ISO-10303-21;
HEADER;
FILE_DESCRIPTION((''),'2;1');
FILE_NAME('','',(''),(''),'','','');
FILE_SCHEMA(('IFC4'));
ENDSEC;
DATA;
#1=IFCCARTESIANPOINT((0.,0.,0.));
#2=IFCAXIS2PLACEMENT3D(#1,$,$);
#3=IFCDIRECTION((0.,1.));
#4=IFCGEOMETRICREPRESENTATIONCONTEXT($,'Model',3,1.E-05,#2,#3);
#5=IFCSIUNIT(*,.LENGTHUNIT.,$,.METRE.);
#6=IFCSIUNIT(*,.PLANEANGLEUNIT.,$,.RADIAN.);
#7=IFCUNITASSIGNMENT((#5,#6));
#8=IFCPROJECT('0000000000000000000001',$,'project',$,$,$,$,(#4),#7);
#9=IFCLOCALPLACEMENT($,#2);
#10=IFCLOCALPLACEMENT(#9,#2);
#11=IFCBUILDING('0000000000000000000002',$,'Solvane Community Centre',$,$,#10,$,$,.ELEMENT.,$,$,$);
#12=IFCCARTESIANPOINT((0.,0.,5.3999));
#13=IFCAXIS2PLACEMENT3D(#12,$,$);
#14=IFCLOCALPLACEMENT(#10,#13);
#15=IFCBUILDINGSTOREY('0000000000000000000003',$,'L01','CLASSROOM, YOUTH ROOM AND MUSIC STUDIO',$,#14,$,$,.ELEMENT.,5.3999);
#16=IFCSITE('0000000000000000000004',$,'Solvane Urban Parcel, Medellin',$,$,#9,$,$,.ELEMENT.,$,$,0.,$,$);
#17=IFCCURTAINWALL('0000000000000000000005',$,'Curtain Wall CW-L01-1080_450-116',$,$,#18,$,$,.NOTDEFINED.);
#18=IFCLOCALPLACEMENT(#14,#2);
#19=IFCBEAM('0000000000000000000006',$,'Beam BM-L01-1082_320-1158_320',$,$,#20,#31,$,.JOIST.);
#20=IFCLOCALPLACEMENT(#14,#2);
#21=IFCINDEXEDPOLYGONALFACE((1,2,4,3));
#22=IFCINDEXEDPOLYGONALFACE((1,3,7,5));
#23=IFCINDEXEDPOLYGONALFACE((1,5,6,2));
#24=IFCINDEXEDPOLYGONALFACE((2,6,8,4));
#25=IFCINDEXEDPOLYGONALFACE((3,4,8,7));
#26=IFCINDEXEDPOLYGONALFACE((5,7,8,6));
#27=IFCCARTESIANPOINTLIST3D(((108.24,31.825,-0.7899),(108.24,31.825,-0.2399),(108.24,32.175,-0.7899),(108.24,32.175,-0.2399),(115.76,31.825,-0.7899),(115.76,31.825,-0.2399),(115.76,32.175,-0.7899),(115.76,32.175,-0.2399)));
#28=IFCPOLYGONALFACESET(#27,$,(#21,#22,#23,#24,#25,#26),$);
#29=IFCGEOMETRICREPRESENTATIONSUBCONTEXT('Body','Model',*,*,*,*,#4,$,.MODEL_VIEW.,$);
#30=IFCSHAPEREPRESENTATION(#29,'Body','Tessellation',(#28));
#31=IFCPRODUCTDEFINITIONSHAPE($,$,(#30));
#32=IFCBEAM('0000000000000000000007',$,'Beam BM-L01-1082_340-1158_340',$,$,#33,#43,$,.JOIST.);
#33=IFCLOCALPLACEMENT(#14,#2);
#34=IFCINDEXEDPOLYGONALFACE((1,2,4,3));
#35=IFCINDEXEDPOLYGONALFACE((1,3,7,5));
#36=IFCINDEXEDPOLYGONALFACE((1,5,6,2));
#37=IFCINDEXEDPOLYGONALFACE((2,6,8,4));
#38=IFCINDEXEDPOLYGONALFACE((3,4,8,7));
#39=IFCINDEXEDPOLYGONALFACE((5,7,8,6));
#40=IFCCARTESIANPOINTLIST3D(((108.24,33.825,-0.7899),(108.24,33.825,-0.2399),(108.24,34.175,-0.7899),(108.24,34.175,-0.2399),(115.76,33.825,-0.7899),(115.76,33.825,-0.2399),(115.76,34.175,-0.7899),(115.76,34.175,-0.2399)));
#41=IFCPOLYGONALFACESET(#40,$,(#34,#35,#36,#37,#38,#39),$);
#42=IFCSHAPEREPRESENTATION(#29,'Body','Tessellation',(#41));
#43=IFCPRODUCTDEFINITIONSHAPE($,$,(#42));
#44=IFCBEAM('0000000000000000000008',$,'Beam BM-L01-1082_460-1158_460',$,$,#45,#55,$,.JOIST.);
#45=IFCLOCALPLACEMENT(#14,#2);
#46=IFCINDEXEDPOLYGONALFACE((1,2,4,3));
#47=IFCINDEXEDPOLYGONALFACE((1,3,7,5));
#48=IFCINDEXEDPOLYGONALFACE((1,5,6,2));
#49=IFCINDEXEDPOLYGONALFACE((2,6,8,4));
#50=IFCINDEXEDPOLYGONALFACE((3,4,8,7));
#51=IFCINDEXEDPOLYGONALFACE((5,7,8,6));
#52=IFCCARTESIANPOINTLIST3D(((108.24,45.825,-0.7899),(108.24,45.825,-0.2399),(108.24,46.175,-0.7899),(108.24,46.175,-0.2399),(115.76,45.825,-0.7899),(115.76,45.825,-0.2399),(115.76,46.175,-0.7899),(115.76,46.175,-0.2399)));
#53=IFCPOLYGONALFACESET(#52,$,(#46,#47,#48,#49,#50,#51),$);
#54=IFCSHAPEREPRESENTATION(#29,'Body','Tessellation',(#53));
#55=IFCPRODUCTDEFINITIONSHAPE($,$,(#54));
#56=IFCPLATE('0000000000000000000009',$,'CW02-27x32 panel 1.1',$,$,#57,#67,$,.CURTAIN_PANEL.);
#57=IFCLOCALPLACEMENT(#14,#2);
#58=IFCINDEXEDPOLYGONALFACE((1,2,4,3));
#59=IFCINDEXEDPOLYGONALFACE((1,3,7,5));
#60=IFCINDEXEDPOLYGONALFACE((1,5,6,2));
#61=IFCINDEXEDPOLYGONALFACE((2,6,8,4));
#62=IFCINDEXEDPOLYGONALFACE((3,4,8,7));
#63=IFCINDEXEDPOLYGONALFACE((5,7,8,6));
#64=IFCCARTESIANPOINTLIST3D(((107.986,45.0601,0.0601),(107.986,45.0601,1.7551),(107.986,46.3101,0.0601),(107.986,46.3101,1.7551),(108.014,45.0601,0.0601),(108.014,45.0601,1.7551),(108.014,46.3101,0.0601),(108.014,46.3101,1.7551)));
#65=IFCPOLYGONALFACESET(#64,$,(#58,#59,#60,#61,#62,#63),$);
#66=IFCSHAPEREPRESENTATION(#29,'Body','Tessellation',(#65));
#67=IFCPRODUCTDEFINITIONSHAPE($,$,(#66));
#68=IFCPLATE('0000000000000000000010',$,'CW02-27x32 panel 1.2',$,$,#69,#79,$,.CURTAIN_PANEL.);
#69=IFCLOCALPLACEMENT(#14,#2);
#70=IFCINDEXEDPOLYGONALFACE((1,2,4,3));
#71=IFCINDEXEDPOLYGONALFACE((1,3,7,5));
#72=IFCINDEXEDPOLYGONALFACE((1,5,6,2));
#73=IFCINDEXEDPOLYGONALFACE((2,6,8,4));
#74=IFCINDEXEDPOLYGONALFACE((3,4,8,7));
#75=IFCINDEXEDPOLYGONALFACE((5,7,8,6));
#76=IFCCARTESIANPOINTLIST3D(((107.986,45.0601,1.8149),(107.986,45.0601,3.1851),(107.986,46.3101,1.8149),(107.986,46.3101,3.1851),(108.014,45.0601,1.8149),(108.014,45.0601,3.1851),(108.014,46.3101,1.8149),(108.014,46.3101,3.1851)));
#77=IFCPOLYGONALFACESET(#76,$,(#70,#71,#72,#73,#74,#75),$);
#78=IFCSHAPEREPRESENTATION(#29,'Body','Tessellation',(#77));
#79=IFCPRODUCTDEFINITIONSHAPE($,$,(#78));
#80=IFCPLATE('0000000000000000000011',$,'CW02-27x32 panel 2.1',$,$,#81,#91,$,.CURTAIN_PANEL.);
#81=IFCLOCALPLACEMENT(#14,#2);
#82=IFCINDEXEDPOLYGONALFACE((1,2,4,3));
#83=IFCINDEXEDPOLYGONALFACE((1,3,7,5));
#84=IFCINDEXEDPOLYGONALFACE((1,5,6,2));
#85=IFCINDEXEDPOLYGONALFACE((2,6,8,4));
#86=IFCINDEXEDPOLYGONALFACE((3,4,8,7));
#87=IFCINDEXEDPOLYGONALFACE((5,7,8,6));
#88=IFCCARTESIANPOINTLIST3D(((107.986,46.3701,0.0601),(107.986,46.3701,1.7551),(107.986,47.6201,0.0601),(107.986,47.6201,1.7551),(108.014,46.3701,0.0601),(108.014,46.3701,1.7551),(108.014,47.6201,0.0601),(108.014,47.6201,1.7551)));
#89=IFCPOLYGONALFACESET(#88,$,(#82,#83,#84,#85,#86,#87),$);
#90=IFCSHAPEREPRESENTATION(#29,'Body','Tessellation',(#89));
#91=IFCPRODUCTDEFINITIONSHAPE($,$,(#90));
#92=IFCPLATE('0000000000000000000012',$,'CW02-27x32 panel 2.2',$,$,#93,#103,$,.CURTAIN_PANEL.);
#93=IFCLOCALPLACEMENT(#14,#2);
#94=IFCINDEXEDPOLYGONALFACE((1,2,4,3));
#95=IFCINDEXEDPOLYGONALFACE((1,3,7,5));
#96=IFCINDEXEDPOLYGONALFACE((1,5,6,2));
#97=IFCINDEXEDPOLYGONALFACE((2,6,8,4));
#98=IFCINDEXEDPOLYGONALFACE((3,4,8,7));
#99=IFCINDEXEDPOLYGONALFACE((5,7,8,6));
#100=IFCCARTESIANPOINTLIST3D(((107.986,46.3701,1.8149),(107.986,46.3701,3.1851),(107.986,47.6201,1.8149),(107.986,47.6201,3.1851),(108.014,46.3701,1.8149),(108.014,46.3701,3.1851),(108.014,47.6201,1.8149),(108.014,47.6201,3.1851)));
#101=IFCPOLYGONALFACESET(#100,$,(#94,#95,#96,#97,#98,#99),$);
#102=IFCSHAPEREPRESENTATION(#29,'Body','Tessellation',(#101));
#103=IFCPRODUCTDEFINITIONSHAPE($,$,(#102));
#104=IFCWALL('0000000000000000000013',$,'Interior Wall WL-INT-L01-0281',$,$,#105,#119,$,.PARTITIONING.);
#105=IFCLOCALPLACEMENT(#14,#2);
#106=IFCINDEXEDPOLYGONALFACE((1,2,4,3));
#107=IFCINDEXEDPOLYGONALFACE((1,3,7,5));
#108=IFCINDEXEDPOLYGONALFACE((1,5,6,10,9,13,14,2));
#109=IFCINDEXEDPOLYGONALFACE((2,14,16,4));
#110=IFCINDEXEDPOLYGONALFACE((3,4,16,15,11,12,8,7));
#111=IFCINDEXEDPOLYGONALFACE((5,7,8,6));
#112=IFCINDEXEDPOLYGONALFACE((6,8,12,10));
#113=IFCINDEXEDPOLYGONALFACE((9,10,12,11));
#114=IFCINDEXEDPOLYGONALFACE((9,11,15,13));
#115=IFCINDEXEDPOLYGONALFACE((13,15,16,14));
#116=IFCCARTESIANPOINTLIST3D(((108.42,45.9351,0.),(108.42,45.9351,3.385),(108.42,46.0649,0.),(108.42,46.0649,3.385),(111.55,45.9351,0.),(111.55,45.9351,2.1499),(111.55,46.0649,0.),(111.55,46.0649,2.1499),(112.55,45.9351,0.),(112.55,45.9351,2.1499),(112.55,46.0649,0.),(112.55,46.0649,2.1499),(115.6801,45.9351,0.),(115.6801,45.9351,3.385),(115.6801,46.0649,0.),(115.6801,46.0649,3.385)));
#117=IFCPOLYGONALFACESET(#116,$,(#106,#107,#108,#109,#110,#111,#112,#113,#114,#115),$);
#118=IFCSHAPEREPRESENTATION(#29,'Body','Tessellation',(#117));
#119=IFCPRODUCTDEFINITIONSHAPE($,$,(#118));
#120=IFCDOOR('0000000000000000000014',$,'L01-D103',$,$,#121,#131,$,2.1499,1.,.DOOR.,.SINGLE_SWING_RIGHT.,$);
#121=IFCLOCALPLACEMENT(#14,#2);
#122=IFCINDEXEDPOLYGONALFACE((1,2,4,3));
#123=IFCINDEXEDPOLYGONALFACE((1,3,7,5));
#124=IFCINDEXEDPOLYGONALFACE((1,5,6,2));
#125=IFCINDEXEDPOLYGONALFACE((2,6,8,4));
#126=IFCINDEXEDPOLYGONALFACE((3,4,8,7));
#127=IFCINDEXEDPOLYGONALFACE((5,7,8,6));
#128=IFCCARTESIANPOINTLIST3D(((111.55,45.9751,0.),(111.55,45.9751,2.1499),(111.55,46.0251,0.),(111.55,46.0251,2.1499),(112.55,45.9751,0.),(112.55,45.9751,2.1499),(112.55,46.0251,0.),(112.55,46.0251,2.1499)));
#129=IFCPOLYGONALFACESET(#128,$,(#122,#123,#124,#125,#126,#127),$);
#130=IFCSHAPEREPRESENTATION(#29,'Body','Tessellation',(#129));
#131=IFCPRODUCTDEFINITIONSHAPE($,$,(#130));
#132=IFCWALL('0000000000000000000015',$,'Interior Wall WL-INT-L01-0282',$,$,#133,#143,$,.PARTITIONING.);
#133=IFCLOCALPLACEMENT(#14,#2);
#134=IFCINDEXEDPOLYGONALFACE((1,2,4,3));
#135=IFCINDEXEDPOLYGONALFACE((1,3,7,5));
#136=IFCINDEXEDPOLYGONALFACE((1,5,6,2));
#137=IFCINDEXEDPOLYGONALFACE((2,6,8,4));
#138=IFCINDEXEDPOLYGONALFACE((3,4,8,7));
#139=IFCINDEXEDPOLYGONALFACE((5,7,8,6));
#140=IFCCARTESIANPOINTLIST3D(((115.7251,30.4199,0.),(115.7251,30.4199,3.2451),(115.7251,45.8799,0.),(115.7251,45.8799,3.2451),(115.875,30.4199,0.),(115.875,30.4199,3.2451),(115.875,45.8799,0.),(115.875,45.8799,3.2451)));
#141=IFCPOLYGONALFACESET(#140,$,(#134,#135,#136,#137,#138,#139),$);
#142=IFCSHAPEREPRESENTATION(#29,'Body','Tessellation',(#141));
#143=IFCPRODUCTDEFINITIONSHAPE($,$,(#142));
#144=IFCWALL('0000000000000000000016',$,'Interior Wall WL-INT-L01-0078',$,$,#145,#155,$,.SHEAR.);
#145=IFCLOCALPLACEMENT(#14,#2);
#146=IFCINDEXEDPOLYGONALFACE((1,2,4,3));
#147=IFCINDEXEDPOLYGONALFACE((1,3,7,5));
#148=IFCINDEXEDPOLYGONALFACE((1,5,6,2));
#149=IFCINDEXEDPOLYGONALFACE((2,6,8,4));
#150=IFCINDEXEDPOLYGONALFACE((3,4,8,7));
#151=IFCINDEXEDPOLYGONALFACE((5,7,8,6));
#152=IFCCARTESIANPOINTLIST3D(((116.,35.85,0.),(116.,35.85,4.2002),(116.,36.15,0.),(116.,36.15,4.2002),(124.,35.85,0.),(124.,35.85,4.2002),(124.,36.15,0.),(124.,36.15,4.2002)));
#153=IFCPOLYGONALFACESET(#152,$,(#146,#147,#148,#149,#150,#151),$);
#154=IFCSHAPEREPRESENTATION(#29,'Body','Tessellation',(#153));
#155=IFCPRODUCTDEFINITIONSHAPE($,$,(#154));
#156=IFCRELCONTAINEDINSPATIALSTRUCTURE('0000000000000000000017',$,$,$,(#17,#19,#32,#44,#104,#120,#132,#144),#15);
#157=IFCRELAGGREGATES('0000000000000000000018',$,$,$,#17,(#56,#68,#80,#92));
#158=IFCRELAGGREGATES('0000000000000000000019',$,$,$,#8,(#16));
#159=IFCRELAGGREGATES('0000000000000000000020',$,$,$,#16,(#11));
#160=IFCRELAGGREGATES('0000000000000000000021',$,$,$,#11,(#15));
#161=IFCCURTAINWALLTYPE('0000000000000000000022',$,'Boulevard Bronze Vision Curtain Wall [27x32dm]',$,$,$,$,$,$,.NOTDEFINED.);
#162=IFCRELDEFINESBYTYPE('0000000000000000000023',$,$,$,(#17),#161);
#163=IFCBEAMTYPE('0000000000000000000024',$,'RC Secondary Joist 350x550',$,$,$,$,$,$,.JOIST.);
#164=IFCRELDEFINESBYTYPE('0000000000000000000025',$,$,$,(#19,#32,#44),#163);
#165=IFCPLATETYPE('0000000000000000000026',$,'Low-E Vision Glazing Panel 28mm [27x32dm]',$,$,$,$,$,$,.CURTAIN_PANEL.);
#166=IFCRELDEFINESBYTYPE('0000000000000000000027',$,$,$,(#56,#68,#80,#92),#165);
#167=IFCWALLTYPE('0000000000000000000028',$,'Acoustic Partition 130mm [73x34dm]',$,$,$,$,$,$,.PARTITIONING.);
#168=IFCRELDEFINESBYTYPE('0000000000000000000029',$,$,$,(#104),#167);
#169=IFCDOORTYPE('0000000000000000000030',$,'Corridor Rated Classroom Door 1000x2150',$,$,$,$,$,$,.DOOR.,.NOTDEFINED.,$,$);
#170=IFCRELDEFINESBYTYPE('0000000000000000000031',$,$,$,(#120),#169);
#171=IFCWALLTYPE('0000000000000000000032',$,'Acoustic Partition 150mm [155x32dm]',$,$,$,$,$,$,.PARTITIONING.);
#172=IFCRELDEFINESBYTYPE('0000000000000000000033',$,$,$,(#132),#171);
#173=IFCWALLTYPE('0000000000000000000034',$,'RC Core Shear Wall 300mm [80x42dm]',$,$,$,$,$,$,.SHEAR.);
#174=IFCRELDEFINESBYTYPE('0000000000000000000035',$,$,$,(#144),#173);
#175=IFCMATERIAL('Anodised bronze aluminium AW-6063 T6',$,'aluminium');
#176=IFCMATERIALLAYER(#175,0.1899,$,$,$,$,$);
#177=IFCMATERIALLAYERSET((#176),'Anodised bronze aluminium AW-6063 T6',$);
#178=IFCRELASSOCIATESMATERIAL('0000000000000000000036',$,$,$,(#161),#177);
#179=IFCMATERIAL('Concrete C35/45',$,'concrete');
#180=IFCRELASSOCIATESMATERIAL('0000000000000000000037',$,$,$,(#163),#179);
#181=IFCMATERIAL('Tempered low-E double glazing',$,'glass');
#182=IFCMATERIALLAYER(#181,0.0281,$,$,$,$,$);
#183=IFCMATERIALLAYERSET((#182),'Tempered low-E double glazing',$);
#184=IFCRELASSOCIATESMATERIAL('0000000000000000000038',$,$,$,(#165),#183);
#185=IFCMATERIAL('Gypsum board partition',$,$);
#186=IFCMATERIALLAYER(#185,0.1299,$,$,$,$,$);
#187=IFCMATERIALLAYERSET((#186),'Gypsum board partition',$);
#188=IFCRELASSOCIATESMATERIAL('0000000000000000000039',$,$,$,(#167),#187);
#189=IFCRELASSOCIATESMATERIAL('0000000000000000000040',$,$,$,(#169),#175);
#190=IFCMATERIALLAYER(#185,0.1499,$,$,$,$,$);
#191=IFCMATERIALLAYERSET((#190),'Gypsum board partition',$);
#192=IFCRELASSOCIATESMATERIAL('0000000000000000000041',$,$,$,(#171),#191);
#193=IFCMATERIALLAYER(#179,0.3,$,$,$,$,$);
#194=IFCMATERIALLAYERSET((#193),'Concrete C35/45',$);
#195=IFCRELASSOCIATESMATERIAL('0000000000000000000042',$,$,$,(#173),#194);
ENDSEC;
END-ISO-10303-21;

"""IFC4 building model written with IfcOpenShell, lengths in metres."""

from ifc_helpers import new_model, si_unit, direction, frame, frame_2d, origin, origin_2d, place, context, subcontext, project, spatial, rectangle, extrude, material, layer, layer_set, material_profile, profile_set, type_object, element, fill, aggregate, save


model = new_model("IFC4")

# Units and contexts
model_context = context("Model", 3, precision=1e-05, world=origin(), true_north=direction((0.0, 1.0)))
body_context = subcontext(model_context, "Body", "Model", "MODEL_VIEW")
ifc_project = project(units=[si_unit("LENGTHUNIT", "METRE"), si_unit("PLANEANGLEUNIT", "RADIAN")], contexts=[model_context])

# Site, building, storey
site_placement = place(None, origin())
site = spatial("IfcSite", under=ifc_project, at=site_placement, Name="Solvane Urban Parcel, Medellin", CompositionType="ELEMENT", RefElevation=0.0)
building_placement = place(site_placement, origin())
building = spatial("IfcBuilding", under=site, at=building_placement, Name="Solvane Community Centre", CompositionType="ELEMENT")
storey_placement = place(building_placement, frame((0.0, 0.0, 5.3999)))
storey = spatial("IfcBuildingStorey", under=building, at=storey_placement, Name="L01", Description="CLASSROOM, YOUTH ROOM AND MUSIC STUDIO", CompositionType="ELEMENT", Elevation=5.3999)

# Shared definitions
ifc_material_1 = material(Name="Concrete C35/45", Category="concrete")

# Curtain wall
ifc_material_2 = material(Name="Anodised bronze aluminium AW-6063 T6", Category="aluminium")
ifc_layer_1 = layer(ifc_material_2, 0.1899)
ifc_layer_set_1 = layer_set([ifc_layer_1], Name="Anodised bronze aluminium AW-6063 T6")
curtain_wall_type = type_object("IfcCurtainWallType", Name="Boulevard Bronze Vision Curtain Wall [27x32dm]", PredefinedType="NOTDEFINED", material=ifc_layer_set_1)
curtain_wall_placement = place(storey_placement, origin())
curtain_wall = element("IfcCurtainWall", 1, at=curtain_wall_placement, inside=storey, type_object=curtain_wall_type, Name="Curtain Wall CW-L01-1080_450-116", PredefinedType="NOTDEFINED")

# Beams
ifc_material_profile_1 = material_profile(ifc_material_1, rectangle(XDim=0.3501, YDim=0.55, at=origin_2d()), Name="RC 350x550")
ifc_profile_set_1 = profile_set([ifc_material_profile_1], Name="Concrete C35/45")
beam_type_1 = type_object("IfcBeamType", Name="RC Secondary Joist 350x550", PredefinedType="JOIST", material=ifc_profile_set_1)
for number, where, z_axis, x_axis, name in (
    (2, (108.24, 32.0, -0.5149), (1.0, 0.0, 0.0), (0.0, 1.0, 0.0), "Beam BM-L01-1082_320-1158_320"),
    (3, (108.24, 34.0, -0.5149), (1.0, 0.0, 0.0), (0.0, 1.0, 0.0), "Beam BM-L01-1082_340-1158_340"),
    (4, (108.24, 46.0, -0.5149), (1.0, 0.0, 0.0), (0.0, 1.0, 0.0), "Beam BM-L01-1082_460-1158_460"),
):
    element("IfcBeam", number, at=place(storey_placement, frame(where, z_axis=z_axis, x_axis=x_axis)), inside=storey, type_object=beam_type_1, Name=name, PredefinedType="JOIST", context=body_context, shape_type="SweptSolid", body=[
        extrude(rectangle(XDim=0.3501, YDim=0.55, at=origin_2d()), origin(), (0.0, 0.0, 1.0), 7.52),
    ])

# Plates
ifc_material_3 = material(Name="Tempered low-E double glazing", Category="glass")
ifc_layer_2 = layer(ifc_material_3, 0.0281)
ifc_layer_set_2 = layer_set([ifc_layer_2], Name="Tempered low-E double glazing")
plate_type = type_object("IfcPlateType", Name="Low-E Vision Glazing Panel 28mm [27x32dm]", PredefinedType="CURTAIN_PANEL", material=ifc_layer_set_2)
plate_1_placement = place(storey_placement, frame((108.0, 45.6851, 0.0601), z_axis=(0.0, 0.0, 1.0), x_axis=(0.0, 1.0, 0.0)))
plate_1 = element("IfcPlate", 5, at=plate_1_placement, type_object=plate_type, Name="CW02-27x32 panel 1.1", PredefinedType="CURTAIN_PANEL", context=body_context, shape_type="SweptSolid", body=[
    extrude(rectangle(XDim=1.25, YDim=0.0281, at=origin_2d()), origin(), (0.0, 0.0, 1.0), 1.6951),
])
plate_2_placement = place(storey_placement, frame((108.0, 45.6851, 1.8149), z_axis=(0.0, 0.0, 1.0), x_axis=(0.0, 1.0, 0.0)))
plate_2 = element("IfcPlate", 6, at=plate_2_placement, type_object=plate_type, Name="CW02-27x32 panel 1.2", PredefinedType="CURTAIN_PANEL", context=body_context, shape_type="SweptSolid", body=[
    extrude(rectangle(XDim=1.25, YDim=0.0281, at=origin_2d()), origin(), (0.0, 0.0, 1.0), 1.3701),
])
plate_3_placement = place(storey_placement, frame((108.0, 46.9951, 0.0601), z_axis=(0.0, 0.0, 1.0), x_axis=(0.0, 1.0, 0.0)))
plate_3 = element("IfcPlate", 7, at=plate_3_placement, type_object=plate_type, Name="CW02-27x32 panel 2.1", PredefinedType="CURTAIN_PANEL", context=body_context, shape_type="SweptSolid", body=[
    extrude(rectangle(XDim=1.25, YDim=0.0281, at=origin_2d()), origin(), (0.0, 0.0, 1.0), 1.6951),
])
plate_4_placement = place(storey_placement, frame((108.0, 46.9951, 1.8149), z_axis=(0.0, 0.0, 1.0), x_axis=(0.0, 1.0, 0.0)))
plate_4 = element("IfcPlate", 8, at=plate_4_placement, type_object=plate_type, Name="CW02-27x32 panel 2.2", PredefinedType="CURTAIN_PANEL", context=body_context, shape_type="SweptSolid", body=[
    extrude(rectangle(XDim=1.25, YDim=0.0281, at=origin_2d()), origin(), (0.0, 0.0, 1.0), 1.3701),
])
aggregate(curtain_wall, [plate_1, plate_2, plate_3, plate_4])

# Wall, opening, door
ifc_material_4 = material(Name="Gypsum board partition")
ifc_layer_3 = layer(ifc_material_4, 0.1299)
ifc_layer_set_3 = layer_set([ifc_layer_3], Name="Gypsum board partition")
wall_type_1 = type_object("IfcWallType", Name="Acoustic Partition 130mm [73x34dm]", PredefinedType="PARTITIONING", material=ifc_layer_set_3)
wall_1_placement = place(storey_placement, frame((115.6799, 46.0, 0.0), z_axis=(0.0, 0.0, 1.0), x_axis=(-1.0, 0.0, 0.0)))
wall_1 = element("IfcWall", 9, at=wall_1_placement, inside=storey, type_object=wall_type_1, Name="Interior Wall WL-INT-L01-0281", PredefinedType="PARTITIONING", context=body_context, shape_type="SweptSolid", body=[
    extrude(rectangle(XDim=7.26, YDim=0.1299, at=frame_2d((3.6299, 0.0))), origin(), (0.0, 0.0, 1.0), 3.385),
])
opening_placement = place(wall_1_placement, frame((3.1299, 0.0, 0.0)))
opening = element("IfcOpeningElement", 10, at=opening_placement, cuts=wall_1, PredefinedType="OPENING", context=body_context, shape_type="SweptSolid", body=[
    extrude(rectangle(XDim=1.0, YDim=2.1499, at=frame_2d((0.5, 1.075))), frame((0.0, 0.075, 0.0), z_axis=(0.0, -1.0, 0.0), x_axis=(1.0, 0.0, 0.0)), (0.0, 0.0, 1.0), 0.1499),
])
door_type = type_object("IfcDoorType", Name="Corridor Rated Classroom Door 1000x2150", OperationType="NOTDEFINED", PredefinedType="DOOR", material=ifc_material_2)
door_placement = place(opening_placement, origin())
door = element("IfcDoor", 11, at=door_placement, inside=storey, type_object=door_type, Name="L01-D103", OperationType="SINGLE_SWING_RIGHT", OverallHeight=2.1499, OverallWidth=1.0, PredefinedType="DOOR", context=body_context, shape_type="SweptSolid", body=[
    extrude(rectangle(XDim=1.0, YDim=2.1499, at=frame_2d((0.5, 1.075))), frame((0.0, 0.0249, 0.0), z_axis=(0.0, -1.0, 0.0), x_axis=(1.0, 0.0, 0.0)), (0.0, 0.0, 1.0), 0.05),
])
fill(opening, door)

# Walls
ifc_layer_4 = layer(ifc_material_4, 0.1499)
ifc_layer_set_4 = layer_set([ifc_layer_4], Name="Gypsum board partition")
wall_type_2 = type_object("IfcWallType", Name="Acoustic Partition 150mm [155x32dm]", PredefinedType="PARTITIONING", material=ifc_layer_set_4)
wall_2_placement = place(storey_placement, frame((115.8, 30.4199, 0.0), z_axis=(0.0, 0.0, 1.0), x_axis=(0.0, 1.0, 0.0)))
element("IfcWall", 12, at=wall_2_placement, inside=storey, type_object=wall_type_2, Name="Interior Wall WL-INT-L01-0282", PredefinedType="PARTITIONING", context=body_context, shape_type="SweptSolid", body=[
    extrude(rectangle(XDim=15.46, YDim=0.1499, at=frame_2d((7.73, 0.0))), origin(), (0.0, 0.0, 1.0), 3.2451),
])
ifc_layer_5 = layer(ifc_material_1, 0.3)
ifc_layer_set_5 = layer_set([ifc_layer_5], Name="Concrete C35/45")
wall_type_3 = type_object("IfcWallType", Name="RC Core Shear Wall 300mm [80x42dm]", PredefinedType="SHEAR", material=ifc_layer_set_5)
wall_3_placement = place(storey_placement, frame((116.0, 36.0, 0.0), z_axis=(0.0, 0.0, 1.0), x_axis=(1.0, 0.0, 0.0)))
element("IfcWall", 13, at=wall_3_placement, inside=storey, type_object=wall_type_3, Name="Interior Wall WL-INT-L01-0078", PredefinedType="SHEAR", context=body_context, shape_type="SweptSolid", body=[
    extrude(rectangle(XDim=8.0, YDim=0.3, at=frame_2d((4.0, 0.0))), origin(), (0.0, 0.0, 1.0), 4.2002),
])

save(model, "model.ifc")
